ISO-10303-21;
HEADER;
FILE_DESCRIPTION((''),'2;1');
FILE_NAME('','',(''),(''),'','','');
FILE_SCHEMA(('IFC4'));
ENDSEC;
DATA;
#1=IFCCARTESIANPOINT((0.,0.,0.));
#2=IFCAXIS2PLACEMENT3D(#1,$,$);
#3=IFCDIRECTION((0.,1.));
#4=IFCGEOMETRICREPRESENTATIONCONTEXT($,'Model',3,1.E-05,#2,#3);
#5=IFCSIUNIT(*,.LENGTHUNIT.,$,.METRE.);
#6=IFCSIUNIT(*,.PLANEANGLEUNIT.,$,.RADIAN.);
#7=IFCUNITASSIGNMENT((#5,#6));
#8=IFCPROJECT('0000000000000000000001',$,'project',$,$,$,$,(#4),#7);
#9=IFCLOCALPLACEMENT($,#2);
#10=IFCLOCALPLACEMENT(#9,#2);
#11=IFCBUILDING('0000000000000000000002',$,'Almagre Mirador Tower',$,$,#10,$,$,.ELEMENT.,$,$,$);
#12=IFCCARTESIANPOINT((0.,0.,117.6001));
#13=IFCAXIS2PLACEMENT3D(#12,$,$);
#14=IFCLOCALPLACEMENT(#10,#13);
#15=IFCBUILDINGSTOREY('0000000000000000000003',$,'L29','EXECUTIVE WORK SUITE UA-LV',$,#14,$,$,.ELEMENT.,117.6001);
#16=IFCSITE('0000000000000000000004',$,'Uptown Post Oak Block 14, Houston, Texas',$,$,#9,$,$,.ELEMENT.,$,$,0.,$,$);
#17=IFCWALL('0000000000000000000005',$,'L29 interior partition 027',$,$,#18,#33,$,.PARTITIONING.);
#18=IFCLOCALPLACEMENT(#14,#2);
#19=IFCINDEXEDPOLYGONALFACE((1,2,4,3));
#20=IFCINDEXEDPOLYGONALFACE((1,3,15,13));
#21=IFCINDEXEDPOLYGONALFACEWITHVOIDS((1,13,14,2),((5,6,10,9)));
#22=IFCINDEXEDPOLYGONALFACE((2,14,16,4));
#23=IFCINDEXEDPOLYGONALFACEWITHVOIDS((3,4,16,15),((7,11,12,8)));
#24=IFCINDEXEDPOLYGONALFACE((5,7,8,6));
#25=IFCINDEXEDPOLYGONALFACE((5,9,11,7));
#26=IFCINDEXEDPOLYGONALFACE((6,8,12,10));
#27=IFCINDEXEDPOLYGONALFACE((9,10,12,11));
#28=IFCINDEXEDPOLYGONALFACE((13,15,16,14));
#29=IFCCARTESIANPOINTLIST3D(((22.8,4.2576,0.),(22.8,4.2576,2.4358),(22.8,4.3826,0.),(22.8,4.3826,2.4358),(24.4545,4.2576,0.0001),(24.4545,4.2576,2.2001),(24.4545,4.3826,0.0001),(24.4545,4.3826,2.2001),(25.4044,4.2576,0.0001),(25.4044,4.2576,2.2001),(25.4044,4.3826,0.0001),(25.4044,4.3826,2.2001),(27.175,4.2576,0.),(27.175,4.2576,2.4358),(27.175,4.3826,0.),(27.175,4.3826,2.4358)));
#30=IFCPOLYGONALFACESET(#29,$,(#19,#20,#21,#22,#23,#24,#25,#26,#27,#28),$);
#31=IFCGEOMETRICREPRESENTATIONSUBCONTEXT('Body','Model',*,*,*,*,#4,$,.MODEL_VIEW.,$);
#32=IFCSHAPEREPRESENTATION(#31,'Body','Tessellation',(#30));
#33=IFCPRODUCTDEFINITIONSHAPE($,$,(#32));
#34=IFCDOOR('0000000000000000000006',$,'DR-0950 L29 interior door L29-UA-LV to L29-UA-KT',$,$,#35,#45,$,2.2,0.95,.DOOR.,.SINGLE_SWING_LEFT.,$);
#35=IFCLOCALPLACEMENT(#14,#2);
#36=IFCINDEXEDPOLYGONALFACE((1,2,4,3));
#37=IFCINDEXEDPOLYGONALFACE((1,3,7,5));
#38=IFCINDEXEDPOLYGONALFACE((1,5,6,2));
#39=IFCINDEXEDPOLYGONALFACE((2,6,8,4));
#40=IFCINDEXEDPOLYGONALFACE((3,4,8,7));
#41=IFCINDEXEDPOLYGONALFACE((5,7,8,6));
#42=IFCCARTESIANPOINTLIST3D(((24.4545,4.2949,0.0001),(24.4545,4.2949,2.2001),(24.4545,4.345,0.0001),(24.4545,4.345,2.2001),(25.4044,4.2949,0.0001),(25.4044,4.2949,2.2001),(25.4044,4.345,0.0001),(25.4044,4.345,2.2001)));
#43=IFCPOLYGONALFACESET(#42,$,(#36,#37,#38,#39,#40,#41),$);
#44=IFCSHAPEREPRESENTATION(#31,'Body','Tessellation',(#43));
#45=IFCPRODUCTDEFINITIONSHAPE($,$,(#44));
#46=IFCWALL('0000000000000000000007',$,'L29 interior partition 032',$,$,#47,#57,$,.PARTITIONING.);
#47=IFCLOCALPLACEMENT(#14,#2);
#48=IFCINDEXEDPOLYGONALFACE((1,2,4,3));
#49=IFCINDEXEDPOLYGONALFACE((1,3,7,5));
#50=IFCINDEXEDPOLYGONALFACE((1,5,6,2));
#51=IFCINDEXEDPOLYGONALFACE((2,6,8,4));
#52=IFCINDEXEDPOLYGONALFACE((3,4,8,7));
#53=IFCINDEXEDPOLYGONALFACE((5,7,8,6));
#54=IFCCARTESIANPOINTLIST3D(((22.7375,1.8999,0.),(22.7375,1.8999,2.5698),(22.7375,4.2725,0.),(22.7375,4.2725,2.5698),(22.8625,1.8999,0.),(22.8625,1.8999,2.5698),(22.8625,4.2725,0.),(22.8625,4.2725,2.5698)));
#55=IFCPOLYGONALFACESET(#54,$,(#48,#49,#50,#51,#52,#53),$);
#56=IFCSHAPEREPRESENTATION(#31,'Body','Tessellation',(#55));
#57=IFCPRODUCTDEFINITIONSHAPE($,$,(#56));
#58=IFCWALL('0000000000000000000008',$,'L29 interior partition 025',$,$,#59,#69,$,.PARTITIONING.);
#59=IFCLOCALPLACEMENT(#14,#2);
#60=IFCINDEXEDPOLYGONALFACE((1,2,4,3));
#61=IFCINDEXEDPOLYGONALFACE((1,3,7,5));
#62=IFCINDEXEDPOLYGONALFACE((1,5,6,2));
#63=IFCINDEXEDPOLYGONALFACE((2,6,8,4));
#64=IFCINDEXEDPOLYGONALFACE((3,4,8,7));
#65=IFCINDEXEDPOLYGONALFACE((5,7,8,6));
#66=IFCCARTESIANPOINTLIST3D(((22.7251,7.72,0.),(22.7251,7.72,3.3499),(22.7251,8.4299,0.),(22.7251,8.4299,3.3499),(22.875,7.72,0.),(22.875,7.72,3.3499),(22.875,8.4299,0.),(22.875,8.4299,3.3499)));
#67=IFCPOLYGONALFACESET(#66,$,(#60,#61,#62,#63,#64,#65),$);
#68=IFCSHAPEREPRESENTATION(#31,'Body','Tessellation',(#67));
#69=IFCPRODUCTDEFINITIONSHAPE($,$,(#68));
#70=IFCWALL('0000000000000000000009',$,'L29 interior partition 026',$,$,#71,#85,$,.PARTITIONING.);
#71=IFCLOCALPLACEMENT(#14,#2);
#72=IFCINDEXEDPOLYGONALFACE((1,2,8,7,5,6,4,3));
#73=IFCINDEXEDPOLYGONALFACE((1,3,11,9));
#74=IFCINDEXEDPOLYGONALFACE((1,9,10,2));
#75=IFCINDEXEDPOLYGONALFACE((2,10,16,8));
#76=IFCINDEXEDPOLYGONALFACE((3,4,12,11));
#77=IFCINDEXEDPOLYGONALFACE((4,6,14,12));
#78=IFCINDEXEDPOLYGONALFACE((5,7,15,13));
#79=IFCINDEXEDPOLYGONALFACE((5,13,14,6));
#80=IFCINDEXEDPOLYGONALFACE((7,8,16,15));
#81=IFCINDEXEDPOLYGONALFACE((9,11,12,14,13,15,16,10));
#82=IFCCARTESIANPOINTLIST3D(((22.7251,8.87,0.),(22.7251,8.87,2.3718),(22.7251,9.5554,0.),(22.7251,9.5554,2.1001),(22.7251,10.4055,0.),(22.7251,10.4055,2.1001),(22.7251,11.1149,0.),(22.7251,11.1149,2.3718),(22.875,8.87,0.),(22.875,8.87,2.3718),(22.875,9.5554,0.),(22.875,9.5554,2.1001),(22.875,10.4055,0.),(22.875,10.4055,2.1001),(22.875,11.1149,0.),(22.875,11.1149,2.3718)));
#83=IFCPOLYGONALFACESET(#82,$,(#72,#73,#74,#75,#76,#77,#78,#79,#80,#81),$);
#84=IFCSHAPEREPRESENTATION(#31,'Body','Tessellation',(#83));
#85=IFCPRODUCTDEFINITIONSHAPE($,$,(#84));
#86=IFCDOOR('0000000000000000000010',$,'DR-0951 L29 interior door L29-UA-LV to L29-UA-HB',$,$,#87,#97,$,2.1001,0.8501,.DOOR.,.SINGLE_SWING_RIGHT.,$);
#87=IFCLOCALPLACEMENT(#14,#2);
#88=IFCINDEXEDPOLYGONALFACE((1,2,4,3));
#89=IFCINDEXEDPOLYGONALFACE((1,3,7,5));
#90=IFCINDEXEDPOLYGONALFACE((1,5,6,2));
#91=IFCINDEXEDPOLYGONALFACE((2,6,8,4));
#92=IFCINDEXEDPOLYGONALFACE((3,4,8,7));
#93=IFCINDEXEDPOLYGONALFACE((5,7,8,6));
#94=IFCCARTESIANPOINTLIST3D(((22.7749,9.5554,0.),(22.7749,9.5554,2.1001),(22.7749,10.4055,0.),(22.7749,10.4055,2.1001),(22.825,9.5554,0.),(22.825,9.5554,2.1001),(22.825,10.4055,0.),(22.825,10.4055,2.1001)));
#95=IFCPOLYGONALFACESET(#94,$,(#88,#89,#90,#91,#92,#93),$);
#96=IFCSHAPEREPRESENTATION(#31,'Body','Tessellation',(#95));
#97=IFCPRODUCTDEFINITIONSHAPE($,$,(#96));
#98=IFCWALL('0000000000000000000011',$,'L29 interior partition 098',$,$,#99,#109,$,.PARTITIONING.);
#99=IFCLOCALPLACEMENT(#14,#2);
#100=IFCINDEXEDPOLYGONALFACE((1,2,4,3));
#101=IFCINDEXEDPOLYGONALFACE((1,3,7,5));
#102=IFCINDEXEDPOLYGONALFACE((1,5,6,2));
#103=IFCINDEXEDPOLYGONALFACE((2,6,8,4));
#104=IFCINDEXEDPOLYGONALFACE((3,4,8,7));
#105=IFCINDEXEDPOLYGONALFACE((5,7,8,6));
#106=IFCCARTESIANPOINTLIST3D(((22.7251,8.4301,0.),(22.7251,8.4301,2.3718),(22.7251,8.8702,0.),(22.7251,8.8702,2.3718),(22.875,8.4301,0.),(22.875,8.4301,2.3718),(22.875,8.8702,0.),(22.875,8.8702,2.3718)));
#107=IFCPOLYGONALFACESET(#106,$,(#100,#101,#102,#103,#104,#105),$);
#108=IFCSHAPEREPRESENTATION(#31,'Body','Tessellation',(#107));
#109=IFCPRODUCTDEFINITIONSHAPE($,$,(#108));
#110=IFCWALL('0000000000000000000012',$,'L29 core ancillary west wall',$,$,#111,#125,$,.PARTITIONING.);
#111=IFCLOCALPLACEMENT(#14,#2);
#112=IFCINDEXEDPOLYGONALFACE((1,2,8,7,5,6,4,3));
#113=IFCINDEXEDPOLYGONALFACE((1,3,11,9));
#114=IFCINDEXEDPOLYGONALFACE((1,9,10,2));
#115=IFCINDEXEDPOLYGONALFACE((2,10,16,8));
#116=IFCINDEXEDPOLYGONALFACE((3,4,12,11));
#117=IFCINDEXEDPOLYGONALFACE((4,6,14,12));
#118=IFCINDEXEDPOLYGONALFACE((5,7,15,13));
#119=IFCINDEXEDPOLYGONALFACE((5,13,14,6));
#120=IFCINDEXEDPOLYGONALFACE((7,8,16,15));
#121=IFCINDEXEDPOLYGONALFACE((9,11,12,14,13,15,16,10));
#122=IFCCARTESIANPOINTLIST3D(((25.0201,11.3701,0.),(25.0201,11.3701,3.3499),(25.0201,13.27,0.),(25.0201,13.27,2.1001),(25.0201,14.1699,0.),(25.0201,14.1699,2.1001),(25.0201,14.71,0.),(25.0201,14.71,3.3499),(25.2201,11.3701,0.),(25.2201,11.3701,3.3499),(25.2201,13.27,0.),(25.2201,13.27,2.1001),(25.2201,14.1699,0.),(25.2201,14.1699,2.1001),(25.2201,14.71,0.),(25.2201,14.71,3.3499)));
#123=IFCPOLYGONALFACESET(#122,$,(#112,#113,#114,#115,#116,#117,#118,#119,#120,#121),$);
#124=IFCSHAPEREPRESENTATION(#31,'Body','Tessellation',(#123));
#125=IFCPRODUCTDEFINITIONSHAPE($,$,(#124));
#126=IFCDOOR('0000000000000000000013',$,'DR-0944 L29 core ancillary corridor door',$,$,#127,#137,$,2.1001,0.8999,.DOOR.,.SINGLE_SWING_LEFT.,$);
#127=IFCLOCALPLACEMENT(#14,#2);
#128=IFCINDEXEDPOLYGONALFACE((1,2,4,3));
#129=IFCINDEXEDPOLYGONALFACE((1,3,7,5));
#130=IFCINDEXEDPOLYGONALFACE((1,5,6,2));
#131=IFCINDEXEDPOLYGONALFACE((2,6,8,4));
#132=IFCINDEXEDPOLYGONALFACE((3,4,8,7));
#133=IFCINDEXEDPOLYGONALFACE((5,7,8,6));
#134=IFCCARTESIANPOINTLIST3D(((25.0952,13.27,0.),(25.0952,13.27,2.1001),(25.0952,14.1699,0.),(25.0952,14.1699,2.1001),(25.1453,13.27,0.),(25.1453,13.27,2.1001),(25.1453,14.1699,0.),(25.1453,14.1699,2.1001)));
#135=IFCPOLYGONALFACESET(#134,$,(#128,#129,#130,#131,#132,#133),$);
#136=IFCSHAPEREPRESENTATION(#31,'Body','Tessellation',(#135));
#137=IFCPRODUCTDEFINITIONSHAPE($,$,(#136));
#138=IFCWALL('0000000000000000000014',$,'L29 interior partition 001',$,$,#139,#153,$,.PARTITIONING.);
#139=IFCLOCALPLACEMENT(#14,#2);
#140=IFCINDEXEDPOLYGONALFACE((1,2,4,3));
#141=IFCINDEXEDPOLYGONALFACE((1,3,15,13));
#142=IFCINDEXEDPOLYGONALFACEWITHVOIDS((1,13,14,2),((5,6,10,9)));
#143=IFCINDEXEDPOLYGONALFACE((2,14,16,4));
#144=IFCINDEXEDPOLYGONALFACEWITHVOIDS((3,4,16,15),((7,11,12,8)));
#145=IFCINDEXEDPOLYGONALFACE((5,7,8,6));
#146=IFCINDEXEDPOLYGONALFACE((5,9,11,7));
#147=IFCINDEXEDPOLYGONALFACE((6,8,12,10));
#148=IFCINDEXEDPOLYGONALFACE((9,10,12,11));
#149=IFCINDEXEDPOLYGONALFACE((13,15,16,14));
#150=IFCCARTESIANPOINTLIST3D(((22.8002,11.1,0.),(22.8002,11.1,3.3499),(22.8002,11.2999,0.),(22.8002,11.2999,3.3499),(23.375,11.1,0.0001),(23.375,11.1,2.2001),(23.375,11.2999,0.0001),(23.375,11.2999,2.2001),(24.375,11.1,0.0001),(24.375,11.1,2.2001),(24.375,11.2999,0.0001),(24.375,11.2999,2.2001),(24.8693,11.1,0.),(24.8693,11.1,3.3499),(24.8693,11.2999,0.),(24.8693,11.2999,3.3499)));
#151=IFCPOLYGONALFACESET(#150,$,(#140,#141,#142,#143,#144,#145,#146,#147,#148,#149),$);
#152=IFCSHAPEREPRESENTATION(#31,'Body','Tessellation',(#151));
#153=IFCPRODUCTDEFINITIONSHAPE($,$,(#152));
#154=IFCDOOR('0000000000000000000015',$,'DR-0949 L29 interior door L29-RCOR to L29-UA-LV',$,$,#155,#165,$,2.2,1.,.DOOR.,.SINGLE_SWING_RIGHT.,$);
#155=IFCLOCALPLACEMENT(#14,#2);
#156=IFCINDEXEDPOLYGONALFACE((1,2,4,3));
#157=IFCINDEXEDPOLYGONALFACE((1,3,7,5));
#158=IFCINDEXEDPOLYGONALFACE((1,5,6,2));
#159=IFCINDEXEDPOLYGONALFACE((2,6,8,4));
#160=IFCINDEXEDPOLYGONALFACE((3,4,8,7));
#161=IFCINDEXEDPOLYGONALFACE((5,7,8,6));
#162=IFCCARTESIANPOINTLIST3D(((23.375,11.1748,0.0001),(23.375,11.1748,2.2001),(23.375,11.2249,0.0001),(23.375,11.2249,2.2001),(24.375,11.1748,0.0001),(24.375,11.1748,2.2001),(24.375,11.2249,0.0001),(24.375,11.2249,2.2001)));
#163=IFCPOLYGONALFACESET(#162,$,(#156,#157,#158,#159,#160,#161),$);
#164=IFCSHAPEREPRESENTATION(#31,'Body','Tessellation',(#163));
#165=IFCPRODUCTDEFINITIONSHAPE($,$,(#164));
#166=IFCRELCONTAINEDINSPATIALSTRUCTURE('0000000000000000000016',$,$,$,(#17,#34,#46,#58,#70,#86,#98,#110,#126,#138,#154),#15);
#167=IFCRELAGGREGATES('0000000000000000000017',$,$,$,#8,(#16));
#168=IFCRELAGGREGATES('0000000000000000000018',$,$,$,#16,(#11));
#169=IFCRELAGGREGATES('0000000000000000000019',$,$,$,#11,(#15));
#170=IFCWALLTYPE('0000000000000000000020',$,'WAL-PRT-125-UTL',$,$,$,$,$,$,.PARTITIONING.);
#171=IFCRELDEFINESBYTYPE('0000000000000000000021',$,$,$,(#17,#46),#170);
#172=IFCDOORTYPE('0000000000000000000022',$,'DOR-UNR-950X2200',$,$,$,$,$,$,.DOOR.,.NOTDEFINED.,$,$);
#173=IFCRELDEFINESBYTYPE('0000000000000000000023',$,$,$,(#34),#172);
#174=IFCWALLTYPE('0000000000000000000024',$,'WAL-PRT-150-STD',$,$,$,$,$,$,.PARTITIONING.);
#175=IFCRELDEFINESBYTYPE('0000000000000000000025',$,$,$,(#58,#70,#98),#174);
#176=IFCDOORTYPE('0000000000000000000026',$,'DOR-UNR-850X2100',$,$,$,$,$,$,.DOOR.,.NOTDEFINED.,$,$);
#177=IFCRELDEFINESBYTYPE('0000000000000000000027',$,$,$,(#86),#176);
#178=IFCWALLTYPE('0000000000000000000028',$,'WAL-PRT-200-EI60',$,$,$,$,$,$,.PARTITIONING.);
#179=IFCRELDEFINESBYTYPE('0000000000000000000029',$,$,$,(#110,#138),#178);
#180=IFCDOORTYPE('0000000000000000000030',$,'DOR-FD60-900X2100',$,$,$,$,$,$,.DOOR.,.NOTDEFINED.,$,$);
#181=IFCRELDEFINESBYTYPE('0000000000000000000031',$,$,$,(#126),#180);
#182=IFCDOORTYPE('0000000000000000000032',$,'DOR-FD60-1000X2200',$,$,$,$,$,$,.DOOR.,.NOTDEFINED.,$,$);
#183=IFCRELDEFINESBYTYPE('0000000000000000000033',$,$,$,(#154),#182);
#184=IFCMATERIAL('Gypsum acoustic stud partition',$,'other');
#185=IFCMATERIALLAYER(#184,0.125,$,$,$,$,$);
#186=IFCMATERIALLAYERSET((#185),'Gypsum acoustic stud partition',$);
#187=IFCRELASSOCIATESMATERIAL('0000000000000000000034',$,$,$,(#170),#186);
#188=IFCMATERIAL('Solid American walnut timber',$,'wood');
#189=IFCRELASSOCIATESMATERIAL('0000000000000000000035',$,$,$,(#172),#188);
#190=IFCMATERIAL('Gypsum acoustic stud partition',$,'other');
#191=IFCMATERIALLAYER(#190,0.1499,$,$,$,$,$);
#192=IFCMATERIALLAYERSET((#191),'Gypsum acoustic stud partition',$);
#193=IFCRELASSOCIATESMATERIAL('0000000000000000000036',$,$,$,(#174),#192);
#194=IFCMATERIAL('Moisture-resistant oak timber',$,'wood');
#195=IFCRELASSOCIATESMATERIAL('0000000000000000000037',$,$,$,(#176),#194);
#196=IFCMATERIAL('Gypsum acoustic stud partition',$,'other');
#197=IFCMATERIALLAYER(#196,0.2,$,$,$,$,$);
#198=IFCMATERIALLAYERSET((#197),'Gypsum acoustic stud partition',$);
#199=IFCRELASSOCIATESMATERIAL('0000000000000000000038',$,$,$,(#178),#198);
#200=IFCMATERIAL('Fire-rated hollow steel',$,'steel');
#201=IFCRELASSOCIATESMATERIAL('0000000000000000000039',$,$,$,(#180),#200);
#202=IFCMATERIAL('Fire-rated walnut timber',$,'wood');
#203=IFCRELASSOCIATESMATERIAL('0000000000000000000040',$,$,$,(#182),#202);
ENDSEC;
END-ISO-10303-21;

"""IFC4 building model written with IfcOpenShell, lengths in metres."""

from ifc_helpers import new_model, si_unit, direction, frame, frame_2d, origin, place, context, subcontext, project, spatial, rectangle, extrude, material, layer, layer_set, type_object, element, fill, save


model = new_model("IFC4")

# Units and contexts
model_context = context("Model", 3, precision=1e-05, world=origin(), true_north=direction((0.0, 1.0)))
body_context = subcontext(model_context, "Body", "Model", "MODEL_VIEW")
ifc_project = project(units=[si_unit("LENGTHUNIT", "METRE"), si_unit("PLANEANGLEUNIT", "RADIAN")], contexts=[model_context])

# Site, building, storey
site_placement = place(None, origin())
site = spatial("IfcSite", under=ifc_project, at=site_placement, Name="Uptown Post Oak Block 14, Houston, Texas", CompositionType="ELEMENT", RefElevation=0.0)
building_placement = place(site_placement, origin())
building = spatial("IfcBuilding", under=site, at=building_placement, Name="Almagre Mirador Tower", CompositionType="ELEMENT")
storey_placement = place(building_placement, frame((0.0, 0.0, 117.6001)))
storey = spatial("IfcBuildingStorey", under=building, at=storey_placement, Name="L29", Description="EXECUTIVE WORK SUITE UA-LV", CompositionType="ELEMENT", Elevation=117.6001)

# Wall, opening, door
ifc_material_1 = material(Name="Gypsum acoustic stud partition", Category="other")
ifc_layer_1 = layer(ifc_material_1, 0.125)
ifc_layer_set_1 = layer_set([ifc_layer_1], Name="Gypsum acoustic stud partition")
wall_type_1 = type_object("IfcWallType", Name="WAL-PRT-125-UTL", PredefinedType="PARTITIONING", material=ifc_layer_set_1)
wall_1_placement = place(storey_placement, frame((22.8, 4.3201, 0.0), z_axis=(0.0, 0.0, 1.0), x_axis=(1.0, 0.0, 0.0)))
wall_1 = element("IfcWall", 1, at=wall_1_placement, inside=storey, type_object=wall_type_1, Name="L29 interior partition 027", PredefinedType="PARTITIONING", context=body_context, shape_type="SweptSolid", body=[
    extrude(rectangle(XDim=4.375, YDim=0.125, at=frame_2d((2.1875, 0.0))), origin(), (0.0, 0.0, 1.0), 2.4358),
])
opening_1_placement = place(wall_1_placement, frame((1.6543, 0.0, 0.0)))
opening_1 = element("IfcOpeningElement", 2, at=opening_1_placement, cuts=wall_1, PredefinedType="OPENING", context=body_context, shape_type="SweptSolid", body=[
    extrude(rectangle(XDim=0.95, YDim=2.2, at=frame_2d((0.4751, 1.1001))), frame((0.0, 0.0725, 0.0), z_axis=(0.0, -1.0, 0.0), x_axis=(1.0, 0.0, 0.0)), (0.0, 0.0, 1.0), 0.145),
])
ifc_material_2 = material(Name="Solid American walnut timber", Category="wood")
door_type_1 = type_object("IfcDoorType", Name="DOR-UNR-950X2200", OperationType="NOTDEFINED", PredefinedType="DOOR", material=ifc_material_2)
door_1_placement = place(opening_1_placement, origin())
door_1 = element("IfcDoor", 3, at=door_1_placement, inside=storey, type_object=door_type_1, Name="DR-0950 L29 interior door L29-UA-LV to L29-UA-KT", OperationType="SINGLE_SWING_LEFT", OverallHeight=2.2, OverallWidth=0.95, PredefinedType="DOOR", context=body_context, shape_type="SweptSolid", body=[
    extrude(rectangle(XDim=0.95, YDim=2.2, at=frame_2d((0.4751, 1.1001))), frame((0.0, 0.0249, 0.0), z_axis=(0.0, -1.0, 0.0), x_axis=(1.0, 0.0, 0.0)), (0.0, 0.0, 1.0), 0.05),
])
fill(opening_1, door_1)

# Walls
wall_2_placement = place(storey_placement, frame((22.8, 4.2725, 0.0), z_axis=(0.0, 0.0, 1.0), x_axis=(0.0, -1.0, 0.0)))
element("IfcWall", 4, at=wall_2_placement, inside=storey, type_object=wall_type_1, Name="L29 interior partition 032", PredefinedType="PARTITIONING", context=body_context, shape_type="SweptSolid", body=[
    extrude(rectangle(XDim=2.3726, YDim=0.125, at=frame_2d((1.1863, 0.0))), origin(), (0.0, 0.0, 1.0), 2.5698),
])
ifc_material_3 = material(Name="Gypsum acoustic stud partition", Category="other")
ifc_layer_2 = layer(ifc_material_3, 0.1499)
ifc_layer_set_2 = layer_set([ifc_layer_2], Name="Gypsum acoustic stud partition")
wall_type_2 = type_object("IfcWallType", Name="WAL-PRT-150-STD", PredefinedType="PARTITIONING", material=ifc_layer_set_2)
wall_3_placement = place(storey_placement, frame((22.8, 8.4299, 0.0), z_axis=(0.0, 0.0, 1.0), x_axis=(0.0, -1.0, 0.0)))
element("IfcWall", 5, at=wall_3_placement, inside=storey, type_object=wall_type_2, Name="L29 interior partition 025", PredefinedType="PARTITIONING", context=body_context, shape_type="SweptSolid", body=[
    extrude(rectangle(XDim=0.71, YDim=0.1499, at=frame_2d((0.355, 0.0))), origin(), (0.0, 0.0, 1.0), 3.3499),
])

# Wall, opening, door
wall_4_placement = place(storey_placement, frame((22.8, 11.115, 0.0), z_axis=(0.0, 0.0, 1.0), x_axis=(0.0, -1.0, 0.0)))
wall_4 = element("IfcWall", 6, at=wall_4_placement, inside=storey, type_object=wall_type_2, Name="L29 interior partition 026", PredefinedType="PARTITIONING", context=body_context, shape_type="SweptSolid", body=[
    extrude(rectangle(XDim=2.2449, YDim=0.1499, at=frame_2d((1.1226, 0.0))), origin(), (0.0, 0.0, 1.0), 2.3718),
])
opening_2_placement = place(wall_4_placement, frame((0.7095, 0.0, 0.0)))
opening_2 = element("IfcOpeningElement", 7, at=opening_2_placement, cuts=wall_4, PredefinedType="OPENING", context=body_context, shape_type="SweptSolid", body=[
    extrude(rectangle(XDim=0.8501, YDim=2.1001, at=frame_2d((0.425, 1.05))), frame((0.0, 0.085, 0.0), z_axis=(0.0, -1.0, 0.0), x_axis=(1.0, 0.0, 0.0)), (0.0, 0.0, 1.0), 0.1699),
])
ifc_material_4 = material(Name="Moisture-resistant oak timber", Category="wood")
door_type_2 = type_object("IfcDoorType", Name="DOR-UNR-850X2100", OperationType="NOTDEFINED", PredefinedType="DOOR", material=ifc_material_4)
door_2_placement = place(opening_2_placement, origin())
door_2 = element("IfcDoor", 8, at=door_2_placement, inside=storey, type_object=door_type_2, Name="DR-0951 L29 interior door L29-UA-LV to L29-UA-HB", OperationType="SINGLE_SWING_RIGHT", OverallHeight=2.1001, OverallWidth=0.8501, PredefinedType="DOOR", context=body_context, shape_type="SweptSolid", body=[
    extrude(rectangle(XDim=0.8501, YDim=2.1001, at=frame_2d((0.425, 1.05))), frame((0.0, 0.0249, 0.0), z_axis=(0.0, -1.0, 0.0), x_axis=(1.0, 0.0, 0.0)), (0.0, 0.0, 1.0), 0.05),
])
fill(opening_2, door_2)

# Wall
wall_5_placement = place(storey_placement, frame((22.8, 8.4299, 0.0), z_axis=(0.0, 0.0, 1.0), x_axis=(0.0, 1.0, 0.0)))
element("IfcWall", 9, at=wall_5_placement, inside=storey, type_object=wall_type_2, Name="L29 interior partition 098", PredefinedType="PARTITIONING", context=body_context, shape_type="SweptSolid", body=[
    extrude(rectangle(XDim=0.4402, YDim=0.1499, at=frame_2d((0.2202, 0.0))), origin(), (0.0, 0.0, 1.0), 2.3718),
])

# Walls, openings, doors
ifc_material_5 = material(Name="Gypsum acoustic stud partition", Category="other")
ifc_layer_3 = layer(ifc_material_5, 0.2)
ifc_layer_set_3 = layer_set([ifc_layer_3], Name="Gypsum acoustic stud partition")
wall_type_3 = type_object("IfcWallType", Name="WAL-PRT-200-EI60", PredefinedType="PARTITIONING", material=ifc_layer_set_3)
wall_6_placement = place(storey_placement, frame((25.1201, 11.3701, 0.0), z_axis=(0.0, 0.0, 1.0), x_axis=(0.0, 1.0, 0.0)))
wall_6 = element("IfcWall", 10, at=wall_6_placement, inside=storey, type_object=wall_type_3, Name="L29 core ancillary west wall", PredefinedType="PARTITIONING", context=body_context, shape_type="SweptSolid", body=[
    extrude(rectangle(XDim=3.3398, YDim=0.2, at=frame_2d((1.6699, 0.0))), origin(), (0.0, 0.0, 1.0), 3.3499),
])
opening_3_placement = place(wall_6_placement, frame((1.8999, 0.0, 0.0)))
opening_3 = element("IfcOpeningElement", 11, at=opening_3_placement, cuts=wall_6, PredefinedType="OPENING", context=body_context, shape_type="SweptSolid", body=[
    extrude(rectangle(XDim=0.8999, YDim=2.1001, at=frame_2d((0.45, 1.05))), frame((0.0, 0.1101, 0.0), z_axis=(0.0, -1.0, 0.0), x_axis=(1.0, 0.0, 0.0)), (0.0, 0.0, 1.0), 0.22),
])
ifc_material_6 = material(Name="Fire-rated hollow steel", Category="steel")
door_type_3 = type_object("IfcDoorType", Name="DOR-FD60-900X2100", OperationType="NOTDEFINED", PredefinedType="DOOR", material=ifc_material_6)
door_3_placement = place(opening_3_placement, origin())
door_3 = element("IfcDoor", 12, at=door_3_placement, inside=storey, type_object=door_type_3, Name="DR-0944 L29 core ancillary corridor door", OperationType="SINGLE_SWING_LEFT", OverallHeight=2.1001, OverallWidth=0.8999, PredefinedType="DOOR", context=body_context, shape_type="SweptSolid", body=[
    extrude(rectangle(XDim=0.8999, YDim=2.1001, at=frame_2d((0.45, 1.05))), frame((0.0, 0.0249, 0.0), z_axis=(0.0, -1.0, 0.0), x_axis=(1.0, 0.0, 0.0)), (0.0, 0.0, 1.0), 0.05),
])
fill(opening_3, door_3)
wall_7_placement = place(storey_placement, frame((22.8, 11.2, 0.0), z_axis=(0.0, 0.0, 1.0), x_axis=(1.0, 0.0, 0.0)))
wall_7 = element("IfcWall", 13, at=wall_7_placement, inside=storey, type_object=wall_type_3, Name="L29 interior partition 001", PredefinedType="PARTITIONING", context=body_context, shape_type="SweptSolid", body=[
    extrude(rectangle(XDim=2.0691, YDim=0.2, at=frame_2d((1.0347, 0.0))), origin(), (0.0, 0.0, 1.0), 3.3499),
])
opening_4_placement = place(wall_7_placement, frame((0.575, 0.0, 0.0)))
opening_4 = element("IfcOpeningElement", 14, at=opening_4_placement, cuts=wall_7, PredefinedType="OPENING", context=body_context, shape_type="SweptSolid", body=[
    extrude(rectangle(XDim=1.0, YDim=2.2, at=frame_2d((0.5, 1.1001))), frame((0.0, 0.1101, 0.0), z_axis=(0.0, -1.0, 0.0), x_axis=(1.0, 0.0, 0.0)), (0.0, 0.0, 1.0), 0.22),
])
ifc_material_7 = material(Name="Fire-rated walnut timber", Category="wood")
door_type_4 = type_object("IfcDoorType", Name="DOR-FD60-1000X2200", OperationType="NOTDEFINED", PredefinedType="DOOR", material=ifc_material_7)
door_4_placement = place(opening_4_placement, origin())
door_4 = element("IfcDoor", 15, at=door_4_placement, inside=storey, type_object=door_type_4, Name="DR-0949 L29 interior door L29-RCOR to L29-UA-LV", OperationType="SINGLE_SWING_RIGHT", OverallHeight=2.2, OverallWidth=1.0, PredefinedType="DOOR", context=body_context, shape_type="SweptSolid", body=[
    extrude(rectangle(XDim=1.0, YDim=2.2, at=frame_2d((0.5, 1.1001))), frame((0.0, 0.0249, 0.0), z_axis=(0.0, -1.0, 0.0), x_axis=(1.0, 0.0, 0.0)), (0.0, 0.0, 1.0), 0.05),
])
fill(opening_4, door_4)

save(model, "model.ifc")
